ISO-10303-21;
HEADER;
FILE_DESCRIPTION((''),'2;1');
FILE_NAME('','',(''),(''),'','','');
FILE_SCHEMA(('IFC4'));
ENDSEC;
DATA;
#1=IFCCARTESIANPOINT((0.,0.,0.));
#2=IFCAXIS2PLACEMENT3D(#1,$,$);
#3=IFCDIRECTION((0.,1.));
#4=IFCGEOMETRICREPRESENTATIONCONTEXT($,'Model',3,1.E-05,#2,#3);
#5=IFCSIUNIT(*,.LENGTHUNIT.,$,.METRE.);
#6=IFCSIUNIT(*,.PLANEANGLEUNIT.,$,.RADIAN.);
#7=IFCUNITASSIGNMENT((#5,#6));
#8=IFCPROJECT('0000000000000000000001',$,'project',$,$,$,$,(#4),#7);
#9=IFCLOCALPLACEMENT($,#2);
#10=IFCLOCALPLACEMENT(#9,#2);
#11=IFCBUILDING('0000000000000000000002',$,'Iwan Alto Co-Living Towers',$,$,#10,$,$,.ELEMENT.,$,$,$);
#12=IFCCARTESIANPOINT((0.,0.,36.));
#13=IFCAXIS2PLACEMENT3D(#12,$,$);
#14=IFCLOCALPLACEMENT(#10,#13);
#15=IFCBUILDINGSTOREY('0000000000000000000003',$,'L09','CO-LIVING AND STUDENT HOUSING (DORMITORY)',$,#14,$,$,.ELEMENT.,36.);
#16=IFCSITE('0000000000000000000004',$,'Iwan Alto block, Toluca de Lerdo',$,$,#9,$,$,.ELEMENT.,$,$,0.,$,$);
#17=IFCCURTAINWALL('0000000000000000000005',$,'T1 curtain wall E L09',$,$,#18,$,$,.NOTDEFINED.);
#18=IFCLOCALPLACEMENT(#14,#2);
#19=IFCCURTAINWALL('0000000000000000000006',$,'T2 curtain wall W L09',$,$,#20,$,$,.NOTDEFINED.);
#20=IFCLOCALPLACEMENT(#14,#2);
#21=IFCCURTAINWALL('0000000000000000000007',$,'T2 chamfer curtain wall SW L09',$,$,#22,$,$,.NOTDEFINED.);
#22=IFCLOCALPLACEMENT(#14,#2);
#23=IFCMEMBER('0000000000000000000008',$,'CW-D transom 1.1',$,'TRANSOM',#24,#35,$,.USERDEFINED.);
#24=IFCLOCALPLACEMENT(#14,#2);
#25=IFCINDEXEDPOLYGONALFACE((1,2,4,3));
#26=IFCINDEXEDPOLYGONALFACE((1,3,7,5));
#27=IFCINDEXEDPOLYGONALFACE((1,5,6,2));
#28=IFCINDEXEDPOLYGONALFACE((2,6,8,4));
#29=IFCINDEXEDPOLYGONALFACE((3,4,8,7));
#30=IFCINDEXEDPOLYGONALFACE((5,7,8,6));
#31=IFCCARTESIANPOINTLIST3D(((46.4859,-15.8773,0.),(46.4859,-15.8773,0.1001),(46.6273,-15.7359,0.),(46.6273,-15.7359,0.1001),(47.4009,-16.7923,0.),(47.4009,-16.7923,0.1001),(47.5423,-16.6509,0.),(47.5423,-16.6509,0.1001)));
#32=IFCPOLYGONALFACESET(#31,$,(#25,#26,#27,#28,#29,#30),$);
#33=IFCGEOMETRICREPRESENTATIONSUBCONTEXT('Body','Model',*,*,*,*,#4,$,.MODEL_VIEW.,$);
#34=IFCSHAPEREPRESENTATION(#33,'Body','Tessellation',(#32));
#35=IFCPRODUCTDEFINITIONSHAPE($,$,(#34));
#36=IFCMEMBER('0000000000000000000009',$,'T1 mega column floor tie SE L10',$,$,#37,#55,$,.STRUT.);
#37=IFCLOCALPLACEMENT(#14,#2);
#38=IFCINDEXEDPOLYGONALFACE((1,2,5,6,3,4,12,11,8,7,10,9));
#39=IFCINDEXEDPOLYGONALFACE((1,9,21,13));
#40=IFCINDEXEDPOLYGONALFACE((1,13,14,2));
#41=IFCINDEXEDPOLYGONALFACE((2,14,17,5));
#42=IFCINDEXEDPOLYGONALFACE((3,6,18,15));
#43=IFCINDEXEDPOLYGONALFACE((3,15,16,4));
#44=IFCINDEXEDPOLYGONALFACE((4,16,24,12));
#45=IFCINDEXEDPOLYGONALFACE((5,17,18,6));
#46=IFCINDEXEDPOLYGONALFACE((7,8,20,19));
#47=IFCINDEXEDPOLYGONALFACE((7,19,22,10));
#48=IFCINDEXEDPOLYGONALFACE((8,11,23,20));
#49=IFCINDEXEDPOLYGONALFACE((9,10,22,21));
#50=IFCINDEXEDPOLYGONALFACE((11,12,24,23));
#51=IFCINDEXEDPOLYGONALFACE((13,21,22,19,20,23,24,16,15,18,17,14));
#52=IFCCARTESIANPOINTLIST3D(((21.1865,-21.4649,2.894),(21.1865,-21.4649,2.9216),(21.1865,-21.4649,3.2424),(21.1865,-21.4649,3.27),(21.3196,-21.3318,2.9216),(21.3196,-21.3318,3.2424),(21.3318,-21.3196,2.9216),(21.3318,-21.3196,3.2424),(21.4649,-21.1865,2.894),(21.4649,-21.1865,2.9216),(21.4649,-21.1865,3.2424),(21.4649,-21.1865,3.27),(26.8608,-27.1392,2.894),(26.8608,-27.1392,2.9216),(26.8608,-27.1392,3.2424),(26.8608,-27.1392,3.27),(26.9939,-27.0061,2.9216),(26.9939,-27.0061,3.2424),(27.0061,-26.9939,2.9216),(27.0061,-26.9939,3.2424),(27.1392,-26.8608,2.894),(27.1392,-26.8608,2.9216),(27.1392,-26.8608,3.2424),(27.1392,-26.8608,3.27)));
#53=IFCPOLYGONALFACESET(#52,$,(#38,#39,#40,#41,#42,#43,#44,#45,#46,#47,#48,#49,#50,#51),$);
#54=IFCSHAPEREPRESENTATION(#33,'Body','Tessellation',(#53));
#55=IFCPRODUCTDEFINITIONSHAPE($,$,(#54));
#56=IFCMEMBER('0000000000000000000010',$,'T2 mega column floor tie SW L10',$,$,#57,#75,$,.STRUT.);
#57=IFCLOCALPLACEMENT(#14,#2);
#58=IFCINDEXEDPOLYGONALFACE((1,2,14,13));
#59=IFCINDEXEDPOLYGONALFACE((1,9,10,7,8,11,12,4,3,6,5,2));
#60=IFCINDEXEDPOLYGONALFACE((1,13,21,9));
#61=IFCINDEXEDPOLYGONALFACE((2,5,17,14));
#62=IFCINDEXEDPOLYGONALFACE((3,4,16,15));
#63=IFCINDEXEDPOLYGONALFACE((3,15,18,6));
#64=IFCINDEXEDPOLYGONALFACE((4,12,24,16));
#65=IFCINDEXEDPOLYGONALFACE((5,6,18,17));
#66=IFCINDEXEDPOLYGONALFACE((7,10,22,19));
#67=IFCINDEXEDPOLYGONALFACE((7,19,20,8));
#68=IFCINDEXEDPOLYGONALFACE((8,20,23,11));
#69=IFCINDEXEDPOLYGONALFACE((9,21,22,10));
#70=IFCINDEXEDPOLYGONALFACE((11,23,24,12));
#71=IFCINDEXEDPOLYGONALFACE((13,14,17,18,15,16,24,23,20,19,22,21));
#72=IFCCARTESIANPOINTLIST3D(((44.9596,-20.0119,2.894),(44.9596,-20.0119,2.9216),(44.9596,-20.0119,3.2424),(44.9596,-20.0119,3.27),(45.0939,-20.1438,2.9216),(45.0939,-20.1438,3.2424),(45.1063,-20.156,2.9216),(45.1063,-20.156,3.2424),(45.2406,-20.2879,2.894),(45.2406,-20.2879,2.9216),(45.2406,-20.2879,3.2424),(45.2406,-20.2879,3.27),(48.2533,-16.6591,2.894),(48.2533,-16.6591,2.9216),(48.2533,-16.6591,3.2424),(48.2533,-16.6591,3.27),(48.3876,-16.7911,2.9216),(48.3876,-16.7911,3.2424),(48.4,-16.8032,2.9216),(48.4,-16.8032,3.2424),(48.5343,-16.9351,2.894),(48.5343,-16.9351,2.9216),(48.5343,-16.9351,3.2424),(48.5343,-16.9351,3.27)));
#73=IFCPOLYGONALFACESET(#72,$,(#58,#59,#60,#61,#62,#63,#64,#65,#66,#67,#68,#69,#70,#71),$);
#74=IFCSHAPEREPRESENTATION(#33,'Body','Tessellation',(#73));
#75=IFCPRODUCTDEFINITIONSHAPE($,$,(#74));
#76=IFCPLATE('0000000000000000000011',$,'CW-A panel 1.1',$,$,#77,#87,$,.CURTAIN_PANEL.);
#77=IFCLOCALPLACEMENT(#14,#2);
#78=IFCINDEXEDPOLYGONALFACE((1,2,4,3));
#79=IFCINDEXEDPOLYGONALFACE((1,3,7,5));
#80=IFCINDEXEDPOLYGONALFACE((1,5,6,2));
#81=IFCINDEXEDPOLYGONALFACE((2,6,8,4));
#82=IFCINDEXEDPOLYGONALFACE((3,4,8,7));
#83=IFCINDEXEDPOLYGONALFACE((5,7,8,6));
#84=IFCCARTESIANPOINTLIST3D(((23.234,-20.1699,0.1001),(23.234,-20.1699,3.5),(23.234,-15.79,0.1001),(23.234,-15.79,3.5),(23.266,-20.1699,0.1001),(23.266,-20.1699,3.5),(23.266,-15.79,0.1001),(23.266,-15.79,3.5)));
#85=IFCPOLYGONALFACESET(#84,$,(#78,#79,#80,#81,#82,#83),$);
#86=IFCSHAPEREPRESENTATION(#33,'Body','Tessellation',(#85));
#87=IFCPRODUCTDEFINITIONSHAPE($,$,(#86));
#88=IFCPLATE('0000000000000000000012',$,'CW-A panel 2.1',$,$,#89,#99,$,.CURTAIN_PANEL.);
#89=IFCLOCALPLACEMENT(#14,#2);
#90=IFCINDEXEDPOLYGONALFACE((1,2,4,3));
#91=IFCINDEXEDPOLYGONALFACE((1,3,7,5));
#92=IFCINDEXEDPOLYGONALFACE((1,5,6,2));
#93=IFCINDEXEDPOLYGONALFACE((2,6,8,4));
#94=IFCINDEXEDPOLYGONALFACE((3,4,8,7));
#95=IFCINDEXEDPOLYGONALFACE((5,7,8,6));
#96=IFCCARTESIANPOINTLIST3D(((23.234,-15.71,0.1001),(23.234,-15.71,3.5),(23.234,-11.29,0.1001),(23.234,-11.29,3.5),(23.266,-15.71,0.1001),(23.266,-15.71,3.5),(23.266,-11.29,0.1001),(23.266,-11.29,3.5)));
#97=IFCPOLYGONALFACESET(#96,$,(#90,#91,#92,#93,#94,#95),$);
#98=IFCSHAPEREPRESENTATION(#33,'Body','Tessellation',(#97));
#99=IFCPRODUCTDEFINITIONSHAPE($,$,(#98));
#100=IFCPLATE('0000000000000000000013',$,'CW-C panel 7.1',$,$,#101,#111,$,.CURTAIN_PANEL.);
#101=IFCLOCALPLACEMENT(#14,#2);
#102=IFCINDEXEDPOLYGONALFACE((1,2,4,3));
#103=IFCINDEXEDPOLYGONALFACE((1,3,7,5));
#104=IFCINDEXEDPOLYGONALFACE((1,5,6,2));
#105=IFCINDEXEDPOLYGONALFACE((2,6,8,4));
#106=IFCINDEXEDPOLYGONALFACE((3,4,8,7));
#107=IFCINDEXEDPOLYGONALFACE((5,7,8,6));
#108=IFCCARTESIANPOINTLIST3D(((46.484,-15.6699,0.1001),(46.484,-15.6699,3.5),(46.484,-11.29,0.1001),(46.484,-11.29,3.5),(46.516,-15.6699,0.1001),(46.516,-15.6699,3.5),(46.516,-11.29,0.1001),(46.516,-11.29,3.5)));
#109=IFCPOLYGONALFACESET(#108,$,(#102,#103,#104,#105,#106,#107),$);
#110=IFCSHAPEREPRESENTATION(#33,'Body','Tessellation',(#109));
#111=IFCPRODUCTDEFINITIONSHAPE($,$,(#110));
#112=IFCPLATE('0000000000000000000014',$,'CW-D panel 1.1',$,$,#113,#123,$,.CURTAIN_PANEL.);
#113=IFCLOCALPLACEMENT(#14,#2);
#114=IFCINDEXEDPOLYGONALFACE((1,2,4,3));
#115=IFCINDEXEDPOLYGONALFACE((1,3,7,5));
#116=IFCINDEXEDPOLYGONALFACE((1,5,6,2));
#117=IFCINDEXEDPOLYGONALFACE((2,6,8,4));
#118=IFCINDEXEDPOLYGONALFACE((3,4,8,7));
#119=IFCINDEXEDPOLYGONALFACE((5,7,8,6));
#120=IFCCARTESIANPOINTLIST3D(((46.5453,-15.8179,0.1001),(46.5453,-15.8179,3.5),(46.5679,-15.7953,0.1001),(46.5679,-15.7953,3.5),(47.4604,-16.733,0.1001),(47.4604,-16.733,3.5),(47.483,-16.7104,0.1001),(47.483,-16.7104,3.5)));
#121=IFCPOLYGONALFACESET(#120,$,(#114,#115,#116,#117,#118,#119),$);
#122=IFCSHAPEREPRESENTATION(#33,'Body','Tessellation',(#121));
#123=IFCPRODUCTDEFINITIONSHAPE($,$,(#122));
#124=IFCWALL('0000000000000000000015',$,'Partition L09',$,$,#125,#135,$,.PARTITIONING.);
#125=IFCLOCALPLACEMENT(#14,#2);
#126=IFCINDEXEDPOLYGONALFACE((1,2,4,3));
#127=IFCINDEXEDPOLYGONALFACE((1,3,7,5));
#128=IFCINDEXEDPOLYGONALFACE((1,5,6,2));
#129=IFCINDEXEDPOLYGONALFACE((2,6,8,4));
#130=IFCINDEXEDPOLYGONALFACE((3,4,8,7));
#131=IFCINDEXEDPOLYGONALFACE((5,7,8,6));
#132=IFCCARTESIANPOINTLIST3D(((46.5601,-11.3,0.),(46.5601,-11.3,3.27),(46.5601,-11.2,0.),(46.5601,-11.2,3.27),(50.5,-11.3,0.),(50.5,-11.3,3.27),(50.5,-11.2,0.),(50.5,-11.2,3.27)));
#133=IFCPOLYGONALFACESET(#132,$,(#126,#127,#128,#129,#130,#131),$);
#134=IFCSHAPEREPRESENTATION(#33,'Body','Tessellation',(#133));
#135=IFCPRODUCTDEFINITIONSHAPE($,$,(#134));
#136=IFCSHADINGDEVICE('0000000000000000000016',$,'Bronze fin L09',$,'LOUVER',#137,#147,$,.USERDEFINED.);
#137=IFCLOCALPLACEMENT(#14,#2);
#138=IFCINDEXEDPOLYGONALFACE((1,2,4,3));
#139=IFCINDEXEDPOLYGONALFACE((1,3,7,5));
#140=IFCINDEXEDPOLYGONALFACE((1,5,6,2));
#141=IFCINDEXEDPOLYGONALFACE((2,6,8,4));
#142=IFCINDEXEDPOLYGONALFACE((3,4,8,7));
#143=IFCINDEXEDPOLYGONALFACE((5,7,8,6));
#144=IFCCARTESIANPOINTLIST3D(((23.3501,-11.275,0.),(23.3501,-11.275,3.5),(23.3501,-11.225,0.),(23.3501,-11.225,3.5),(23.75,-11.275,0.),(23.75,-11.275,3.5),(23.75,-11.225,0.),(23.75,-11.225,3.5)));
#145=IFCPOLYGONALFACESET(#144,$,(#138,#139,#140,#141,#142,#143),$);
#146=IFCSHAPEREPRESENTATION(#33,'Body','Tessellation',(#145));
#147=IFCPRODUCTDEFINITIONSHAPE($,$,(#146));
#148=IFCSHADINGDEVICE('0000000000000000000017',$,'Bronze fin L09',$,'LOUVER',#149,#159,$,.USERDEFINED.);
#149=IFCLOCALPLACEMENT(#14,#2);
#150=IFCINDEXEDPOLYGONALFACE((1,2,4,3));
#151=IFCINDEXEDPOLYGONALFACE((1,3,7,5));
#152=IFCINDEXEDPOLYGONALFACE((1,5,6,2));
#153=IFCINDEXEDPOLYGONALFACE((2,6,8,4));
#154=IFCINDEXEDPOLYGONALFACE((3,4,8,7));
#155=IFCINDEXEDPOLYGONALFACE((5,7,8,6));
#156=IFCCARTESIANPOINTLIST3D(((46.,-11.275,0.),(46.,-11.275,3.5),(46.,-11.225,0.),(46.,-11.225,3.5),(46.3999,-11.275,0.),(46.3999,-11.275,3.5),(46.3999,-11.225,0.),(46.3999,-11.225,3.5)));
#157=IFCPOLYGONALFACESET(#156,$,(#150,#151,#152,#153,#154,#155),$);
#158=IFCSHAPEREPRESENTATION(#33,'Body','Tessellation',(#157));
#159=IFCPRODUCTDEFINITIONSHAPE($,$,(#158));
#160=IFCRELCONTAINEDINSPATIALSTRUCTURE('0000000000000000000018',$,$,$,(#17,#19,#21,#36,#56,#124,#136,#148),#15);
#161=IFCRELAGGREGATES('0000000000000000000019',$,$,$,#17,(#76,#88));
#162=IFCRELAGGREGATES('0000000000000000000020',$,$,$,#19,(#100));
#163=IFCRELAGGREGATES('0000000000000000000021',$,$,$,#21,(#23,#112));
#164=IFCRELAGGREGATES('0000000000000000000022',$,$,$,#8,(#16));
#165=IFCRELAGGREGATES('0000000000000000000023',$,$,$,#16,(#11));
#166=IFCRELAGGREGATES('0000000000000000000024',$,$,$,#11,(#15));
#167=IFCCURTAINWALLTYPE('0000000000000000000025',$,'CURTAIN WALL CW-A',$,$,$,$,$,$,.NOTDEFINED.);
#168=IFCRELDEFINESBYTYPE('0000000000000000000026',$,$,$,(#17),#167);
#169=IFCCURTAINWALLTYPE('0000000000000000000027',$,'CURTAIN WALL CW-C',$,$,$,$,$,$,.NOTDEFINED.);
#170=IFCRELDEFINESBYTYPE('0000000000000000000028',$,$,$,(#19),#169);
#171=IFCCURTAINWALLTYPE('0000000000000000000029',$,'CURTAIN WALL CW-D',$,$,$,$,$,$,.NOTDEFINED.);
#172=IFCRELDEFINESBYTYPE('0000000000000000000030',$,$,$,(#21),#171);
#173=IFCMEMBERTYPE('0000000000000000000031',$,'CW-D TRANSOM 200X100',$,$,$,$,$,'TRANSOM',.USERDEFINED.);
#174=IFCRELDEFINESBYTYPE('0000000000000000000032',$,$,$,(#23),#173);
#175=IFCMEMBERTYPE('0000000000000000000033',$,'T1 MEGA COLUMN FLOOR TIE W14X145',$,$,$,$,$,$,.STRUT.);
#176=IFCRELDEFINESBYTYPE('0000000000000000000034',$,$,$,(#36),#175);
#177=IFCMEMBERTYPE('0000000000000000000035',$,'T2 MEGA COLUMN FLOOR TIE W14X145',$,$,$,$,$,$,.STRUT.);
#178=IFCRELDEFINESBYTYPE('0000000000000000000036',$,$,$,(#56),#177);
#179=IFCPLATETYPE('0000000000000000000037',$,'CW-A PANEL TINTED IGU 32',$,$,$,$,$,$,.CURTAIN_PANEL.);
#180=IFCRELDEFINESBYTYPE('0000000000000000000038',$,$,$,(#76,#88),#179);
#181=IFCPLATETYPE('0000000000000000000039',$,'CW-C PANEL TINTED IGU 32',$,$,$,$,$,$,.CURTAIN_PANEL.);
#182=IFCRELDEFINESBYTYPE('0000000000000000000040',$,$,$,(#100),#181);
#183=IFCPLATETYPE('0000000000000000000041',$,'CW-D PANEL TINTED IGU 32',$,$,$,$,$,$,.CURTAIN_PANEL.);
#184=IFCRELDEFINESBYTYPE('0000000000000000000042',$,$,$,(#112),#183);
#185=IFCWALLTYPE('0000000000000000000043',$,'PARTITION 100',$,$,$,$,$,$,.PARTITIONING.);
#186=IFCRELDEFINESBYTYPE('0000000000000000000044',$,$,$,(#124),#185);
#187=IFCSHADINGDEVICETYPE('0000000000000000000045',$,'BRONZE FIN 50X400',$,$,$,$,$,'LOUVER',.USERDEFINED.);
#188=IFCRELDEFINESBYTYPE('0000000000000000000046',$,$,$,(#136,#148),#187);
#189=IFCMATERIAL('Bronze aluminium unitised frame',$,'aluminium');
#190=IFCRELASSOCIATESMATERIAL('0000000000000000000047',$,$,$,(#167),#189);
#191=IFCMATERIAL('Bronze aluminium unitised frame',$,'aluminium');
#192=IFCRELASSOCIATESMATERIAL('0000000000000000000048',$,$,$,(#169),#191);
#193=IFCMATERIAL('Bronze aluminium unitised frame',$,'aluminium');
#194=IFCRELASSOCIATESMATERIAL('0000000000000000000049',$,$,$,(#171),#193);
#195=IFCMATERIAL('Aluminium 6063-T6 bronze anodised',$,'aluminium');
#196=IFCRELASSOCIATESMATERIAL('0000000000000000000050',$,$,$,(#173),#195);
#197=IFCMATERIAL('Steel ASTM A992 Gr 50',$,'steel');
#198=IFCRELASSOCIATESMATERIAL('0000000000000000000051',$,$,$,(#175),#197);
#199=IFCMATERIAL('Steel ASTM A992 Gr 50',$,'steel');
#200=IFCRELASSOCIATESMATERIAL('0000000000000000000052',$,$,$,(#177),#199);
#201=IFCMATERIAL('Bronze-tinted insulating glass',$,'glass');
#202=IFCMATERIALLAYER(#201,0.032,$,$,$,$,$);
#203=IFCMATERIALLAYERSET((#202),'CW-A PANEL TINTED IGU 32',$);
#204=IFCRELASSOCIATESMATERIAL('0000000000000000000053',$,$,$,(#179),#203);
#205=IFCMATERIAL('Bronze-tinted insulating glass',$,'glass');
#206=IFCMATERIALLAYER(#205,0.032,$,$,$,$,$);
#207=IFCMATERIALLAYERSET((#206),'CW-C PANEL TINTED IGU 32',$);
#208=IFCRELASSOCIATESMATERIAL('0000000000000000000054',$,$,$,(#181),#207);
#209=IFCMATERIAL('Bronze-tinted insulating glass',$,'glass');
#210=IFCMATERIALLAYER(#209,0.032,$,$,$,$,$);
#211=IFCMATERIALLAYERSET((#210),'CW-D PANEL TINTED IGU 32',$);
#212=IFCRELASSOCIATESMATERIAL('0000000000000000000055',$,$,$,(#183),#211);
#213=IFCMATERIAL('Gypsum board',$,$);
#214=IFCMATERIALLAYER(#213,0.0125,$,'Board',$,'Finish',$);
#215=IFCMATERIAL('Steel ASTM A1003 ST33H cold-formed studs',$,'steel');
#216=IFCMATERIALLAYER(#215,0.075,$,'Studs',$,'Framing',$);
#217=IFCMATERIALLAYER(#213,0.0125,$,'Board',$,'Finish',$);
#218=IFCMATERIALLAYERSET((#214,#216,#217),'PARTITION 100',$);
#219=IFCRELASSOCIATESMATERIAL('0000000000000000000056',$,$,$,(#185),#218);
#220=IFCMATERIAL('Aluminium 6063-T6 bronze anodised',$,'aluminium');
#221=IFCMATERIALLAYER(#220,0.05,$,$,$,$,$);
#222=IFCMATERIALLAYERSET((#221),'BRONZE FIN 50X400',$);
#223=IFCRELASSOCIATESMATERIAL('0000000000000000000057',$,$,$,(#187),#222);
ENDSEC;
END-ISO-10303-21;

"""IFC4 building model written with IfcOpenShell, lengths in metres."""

from ifc_helpers import new_model, si_unit, direction, frame, frame_2d, origin, origin_2d, place, context, subcontext, project, spatial, rectangle, i_section, extrude, material, layer, layer_set, material_profile, profile_set, type_object, element, aggregate, save


model = new_model("IFC4")

# Units and contexts
model_context = context("Model", 3, precision=1e-05, world=origin(), true_north=direction((0.0, 1.0)))
body_context = subcontext(model_context, "Body", "Model", "MODEL_VIEW")
ifc_project = project(units=[si_unit("LENGTHUNIT", "METRE"), si_unit("PLANEANGLEUNIT", "RADIAN")], contexts=[model_context])

# Site, building, storey
site_placement = place(None, origin())
site = spatial("IfcSite", under=ifc_project, at=site_placement, Name="Iwan Alto block, Toluca de Lerdo", CompositionType="ELEMENT", RefElevation=0.0)
building_placement = place(site_placement, origin())
building = spatial("IfcBuilding", under=site, at=building_placement, Name="Iwan Alto Co-Living Towers", CompositionType="ELEMENT")
storey_placement = place(building_placement, frame((0.0, 0.0, 36.0)))
storey = spatial("IfcBuildingStorey", under=building, at=storey_placement, Name="L09", Description="CO-LIVING AND STUDENT HOUSING (DORMITORY)", CompositionType="ELEMENT", Elevation=36.0)

# Curtain walls, member
ifc_material_1 = material(Name="Bronze aluminium unitised frame", Category="aluminium")
curtain_wall_type_1 = type_object("IfcCurtainWallType", Name="CURTAIN WALL CW-A", PredefinedType="NOTDEFINED", material=ifc_material_1)
curtain_wall_1_placement = place(storey_placement, origin())
curtain_wall_1 = element("IfcCurtainWall", 1, at=curtain_wall_1_placement, inside=storey, type_object=curtain_wall_type_1, Name="T1 curtain wall E L09", PredefinedType="NOTDEFINED")
ifc_material_2 = material(Name="Bronze aluminium unitised frame", Category="aluminium")
curtain_wall_type_2 = type_object("IfcCurtainWallType", Name="CURTAIN WALL CW-C", PredefinedType="NOTDEFINED", material=ifc_material_2)
curtain_wall_2_placement = place(storey_placement, origin())
curtain_wall_2 = element("IfcCurtainWall", 2, at=curtain_wall_2_placement, inside=storey, type_object=curtain_wall_type_2, Name="T2 curtain wall W L09", PredefinedType="NOTDEFINED")
ifc_material_3 = material(Name="Bronze aluminium unitised frame", Category="aluminium")
curtain_wall_type_3 = type_object("IfcCurtainWallType", Name="CURTAIN WALL CW-D", PredefinedType="NOTDEFINED", material=ifc_material_3)
curtain_wall_3_placement = place(storey_placement, origin())
curtain_wall_3 = element("IfcCurtainWall", 3, at=curtain_wall_3_placement, inside=storey, type_object=curtain_wall_type_3, Name="T2 chamfer curtain wall SW L09", PredefinedType="NOTDEFINED")
ifc_material_4 = material(Name="Aluminium 6063-T6 bronze anodised", Category="aluminium")
ifc_material_profile_1 = material_profile(ifc_material_4, rectangle(XDim=0.2, YDim=0.1001, at=origin_2d()), Name="AL 200X100")
ifc_profile_set_1 = profile_set([ifc_material_profile_1], Name="Aluminium 6063-T6 bronze anodised")
member_type_1 = type_object("IfcMemberType", Name="CW-D TRANSOM 200X100", ElementType="TRANSOM", PredefinedType="USERDEFINED", material=ifc_profile_set_1)
member_1_placement = place(storey_placement, frame((46.5566, -15.8066, 0.05), z_axis=(0.707107, -0.707107, 0.0), x_axis=(0.707107, 0.707107, 0.0)))
member_1 = element("IfcMember", 4, at=member_1_placement, type_object=member_type_1, Name="CW-D transom 1.1", ObjectType="TRANSOM", PredefinedType="USERDEFINED", context=body_context, shape_type="SweptSolid", body=[
    extrude(rectangle(XDim=0.2, YDim=0.1001, at=origin_2d()), origin(), (0.0, 0.0, 1.0), 1.2939),
])

# Members
ifc_material_5 = material(Name="Steel ASTM A992 Gr 50", Category="steel")
ifc_material_profile_2 = material_profile(ifc_material_5, i_section(OverallWidth=0.3938, OverallDepth=0.376, WebThickness=0.0173, FlangeThickness=0.0276, at=origin_2d()), Name="W14X145")
ifc_profile_set_2 = profile_set([ifc_material_profile_2], Name="Steel ASTM A992 Gr 50")
member_type_2 = type_object("IfcMemberType", Name="T1 MEGA COLUMN FLOOR TIE W14X145", PredefinedType="STRUT", material=ifc_profile_set_2)
member_2_placement = place(storey_placement, frame((27.0, -27.0, 3.082), z_axis=(-0.707107, 0.707107, 0.0), x_axis=(-0.707107, -0.707107, 0.0)))
element("IfcMember", 5, at=member_2_placement, inside=storey, type_object=member_type_2, Name="T1 mega column floor tie SE L10", PredefinedType="STRUT", context=body_context, shape_type="SweptSolid", body=[
    extrude(i_section(OverallWidth=0.3938, OverallDepth=0.376, WebThickness=0.0173, FlangeThickness=0.0276, at=origin_2d()), origin(), (0.0, 0.0, 1.0), 8.0247),
])
ifc_material_6 = material(Name="Steel ASTM A992 Gr 50", Category="steel")
ifc_material_profile_3 = material_profile(ifc_material_6, i_section(OverallWidth=0.3938, OverallDepth=0.376, WebThickness=0.0173, FlangeThickness=0.0276, at=origin_2d()), Name="W14X145")
ifc_profile_set_3 = profile_set([ifc_material_profile_3], Name="Steel ASTM A992 Gr 50")
member_type_3 = type_object("IfcMemberType", Name="T2 MEGA COLUMN FLOOR TIE W14X145", PredefinedType="STRUT", material=ifc_profile_set_3)
member_3_placement = place(storey_placement, frame((45.1001, -20.1499, 3.082), z_axis=(0.700793, 0.713364, 0.0), x_axis=(-0.713364, 0.700793, 0.0)))
element("IfcMember", 6, at=member_3_placement, inside=storey, type_object=member_type_3, Name="T2 mega column floor tie SW L10", PredefinedType="STRUT", context=body_context, shape_type="SweptSolid", body=[
    extrude(i_section(OverallWidth=0.3938, OverallDepth=0.376, WebThickness=0.0173, FlangeThickness=0.0276, at=origin_2d()), origin(), (0.0, 0.0, 1.0), 4.7),
])

# Plates
ifc_material_7 = material(Name="Bronze-tinted insulating glass", Category="glass")
ifc_layer_1 = layer(ifc_material_7, 0.032)
ifc_layer_set_1 = layer_set([ifc_layer_1], Name="CW-A PANEL TINTED IGU 32")
plate_type_1 = type_object("IfcPlateType", Name="CW-A PANEL TINTED IGU 32", PredefinedType="CURTAIN_PANEL", material=ifc_layer_set_1)
plate_1_placement = place(storey_placement, frame((23.25, -17.98, 0.1001), z_axis=(0.0, 0.0, 1.0), x_axis=(0.0, 1.0, 0.0)))
plate_1 = element("IfcPlate", 7, at=plate_1_placement, type_object=plate_type_1, Name="CW-A panel 1.1", PredefinedType="CURTAIN_PANEL", context=body_context, shape_type="SweptSolid", body=[
    extrude(rectangle(XDim=4.3799, YDim=0.032, at=origin_2d()), origin(), (0.0, 0.0, 1.0), 3.3999),
])
plate_2_placement = place(storey_placement, frame((23.25, -13.5, 0.1001), z_axis=(0.0, 0.0, 1.0), x_axis=(0.0, 1.0, 0.0)))
plate_2 = element("IfcPlate", 8, at=plate_2_placement, type_object=plate_type_1, Name="CW-A panel 2.1", PredefinedType="CURTAIN_PANEL", context=body_context, shape_type="SweptSolid", body=[
    extrude(rectangle(XDim=4.4199, YDim=0.032, at=origin_2d()), origin(), (0.0, 0.0, 1.0), 3.3999),
])
aggregate(curtain_wall_1, [plate_1, plate_2])
ifc_material_8 = material(Name="Bronze-tinted insulating glass", Category="glass")
ifc_layer_2 = layer(ifc_material_8, 0.032)
ifc_layer_set_2 = layer_set([ifc_layer_2], Name="CW-C PANEL TINTED IGU 32")
plate_type_2 = type_object("IfcPlateType", Name="CW-C PANEL TINTED IGU 32", PredefinedType="CURTAIN_PANEL", material=ifc_layer_set_2)
plate_3_placement = place(storey_placement, frame((46.5, -13.48, 0.1001), z_axis=(0.0, 0.0, 1.0), x_axis=(0.0, -1.0, 0.0)))
plate_3 = element("IfcPlate", 9, at=plate_3_placement, type_object=plate_type_2, Name="CW-C panel 7.1", PredefinedType="CURTAIN_PANEL", context=body_context, shape_type="SweptSolid", body=[
    extrude(rectangle(XDim=4.3799, YDim=0.032, at=origin_2d()), origin(), (0.0, 0.0, 1.0), 3.3999),
])
aggregate(curtain_wall_2, [plate_3])
ifc_material_9 = material(Name="Bronze-tinted insulating glass", Category="glass")
ifc_layer_3 = layer(ifc_material_9, 0.032)
ifc_layer_set_3 = layer_set([ifc_layer_3], Name="CW-D PANEL TINTED IGU 32")
plate_type_3 = type_object("IfcPlateType", Name="CW-D PANEL TINTED IGU 32", PredefinedType="CURTAIN_PANEL", material=ifc_layer_set_3)
plate_4_placement = place(storey_placement, frame((47.0142, -16.2642, 0.1001), z_axis=(0.0, 0.0, 1.0), x_axis=(0.707107, -0.707107, 0.0)))
plate_4 = element("IfcPlate", 10, at=plate_4_placement, type_object=plate_type_3, Name="CW-D panel 1.1", PredefinedType="CURTAIN_PANEL", context=body_context, shape_type="SweptSolid", body=[
    extrude(rectangle(XDim=1.2942, YDim=0.032, at=origin_2d()), origin(), (0.0, 0.0, 1.0), 3.3999),
])
aggregate(curtain_wall_3, [member_1, plate_4])

# Wall
ifc_material_10 = material(Name="Gypsum board")
ifc_layer_4 = layer(ifc_material_10, 0.0125, Name="Board", Category="Finish")
ifc_material_11 = material(Name="Steel ASTM A1003 ST33H cold-formed studs", Category="steel")
ifc_layer_5 = layer(ifc_material_11, 0.075, Name="Studs", Category="Framing")
ifc_layer_6 = layer(ifc_material_10, 0.0125, Name="Board", Category="Finish")
ifc_layer_set_4 = layer_set([ifc_layer_4, ifc_layer_5, ifc_layer_6], Name="PARTITION 100")
wall_type = type_object("IfcWallType", Name="PARTITION 100", PredefinedType="PARTITIONING", material=ifc_layer_set_4)
wall_placement = place(storey_placement, frame((46.5601, -11.25, 0.0), z_axis=(0.0, 0.0, 1.0), x_axis=(1.0, 0.0, 0.0)))
element("IfcWall", 11, at=wall_placement, inside=storey, type_object=wall_type, Name="Partition L09", PredefinedType="PARTITIONING", context=body_context, shape_type="SweptSolid", body=[
    extrude(rectangle(XDim=3.9399, YDim=0.1001, at=frame_2d((1.97, 0.0))), origin(), (0.0, 0.0, 1.0), 3.27),
])

# Shading devices
ifc_material_12 = material(Name="Aluminium 6063-T6 bronze anodised", Category="aluminium")
ifc_layer_7 = layer(ifc_material_12, 0.05)
ifc_layer_set_5 = layer_set([ifc_layer_7], Name="BRONZE FIN 50X400")
shading_device_type = type_object("IfcShadingDeviceType", Name="BRONZE FIN 50X400", ElementType="LOUVER", PredefinedType="USERDEFINED", material=ifc_layer_set_5)
for number, where, z_axis, x_axis, name in (
    (12, (23.55, -11.25, 0.0), (0.0, 0.0, 1.0), (0.0, 1.0, 0.0), "Bronze fin L09"),
    (13, (46.2, -11.25, 0.0), (0.0, 0.0, 1.0), (0.0, -1.0, 0.0), "Bronze fin L09"),
):
    element("IfcShadingDevice", number, at=place(storey_placement, frame(where, z_axis=z_axis, x_axis=x_axis)), inside=storey, type_object=shading_device_type, Name=name, ObjectType="LOUVER", PredefinedType="USERDEFINED", context=body_context, shape_type="SweptSolid", body=[
        extrude(rectangle(XDim=0.05, YDim=0.3999, at=origin_2d()), origin(), (0.0, 0.0, 1.0), 3.5),
    ])

save(model, "model.ifc")
